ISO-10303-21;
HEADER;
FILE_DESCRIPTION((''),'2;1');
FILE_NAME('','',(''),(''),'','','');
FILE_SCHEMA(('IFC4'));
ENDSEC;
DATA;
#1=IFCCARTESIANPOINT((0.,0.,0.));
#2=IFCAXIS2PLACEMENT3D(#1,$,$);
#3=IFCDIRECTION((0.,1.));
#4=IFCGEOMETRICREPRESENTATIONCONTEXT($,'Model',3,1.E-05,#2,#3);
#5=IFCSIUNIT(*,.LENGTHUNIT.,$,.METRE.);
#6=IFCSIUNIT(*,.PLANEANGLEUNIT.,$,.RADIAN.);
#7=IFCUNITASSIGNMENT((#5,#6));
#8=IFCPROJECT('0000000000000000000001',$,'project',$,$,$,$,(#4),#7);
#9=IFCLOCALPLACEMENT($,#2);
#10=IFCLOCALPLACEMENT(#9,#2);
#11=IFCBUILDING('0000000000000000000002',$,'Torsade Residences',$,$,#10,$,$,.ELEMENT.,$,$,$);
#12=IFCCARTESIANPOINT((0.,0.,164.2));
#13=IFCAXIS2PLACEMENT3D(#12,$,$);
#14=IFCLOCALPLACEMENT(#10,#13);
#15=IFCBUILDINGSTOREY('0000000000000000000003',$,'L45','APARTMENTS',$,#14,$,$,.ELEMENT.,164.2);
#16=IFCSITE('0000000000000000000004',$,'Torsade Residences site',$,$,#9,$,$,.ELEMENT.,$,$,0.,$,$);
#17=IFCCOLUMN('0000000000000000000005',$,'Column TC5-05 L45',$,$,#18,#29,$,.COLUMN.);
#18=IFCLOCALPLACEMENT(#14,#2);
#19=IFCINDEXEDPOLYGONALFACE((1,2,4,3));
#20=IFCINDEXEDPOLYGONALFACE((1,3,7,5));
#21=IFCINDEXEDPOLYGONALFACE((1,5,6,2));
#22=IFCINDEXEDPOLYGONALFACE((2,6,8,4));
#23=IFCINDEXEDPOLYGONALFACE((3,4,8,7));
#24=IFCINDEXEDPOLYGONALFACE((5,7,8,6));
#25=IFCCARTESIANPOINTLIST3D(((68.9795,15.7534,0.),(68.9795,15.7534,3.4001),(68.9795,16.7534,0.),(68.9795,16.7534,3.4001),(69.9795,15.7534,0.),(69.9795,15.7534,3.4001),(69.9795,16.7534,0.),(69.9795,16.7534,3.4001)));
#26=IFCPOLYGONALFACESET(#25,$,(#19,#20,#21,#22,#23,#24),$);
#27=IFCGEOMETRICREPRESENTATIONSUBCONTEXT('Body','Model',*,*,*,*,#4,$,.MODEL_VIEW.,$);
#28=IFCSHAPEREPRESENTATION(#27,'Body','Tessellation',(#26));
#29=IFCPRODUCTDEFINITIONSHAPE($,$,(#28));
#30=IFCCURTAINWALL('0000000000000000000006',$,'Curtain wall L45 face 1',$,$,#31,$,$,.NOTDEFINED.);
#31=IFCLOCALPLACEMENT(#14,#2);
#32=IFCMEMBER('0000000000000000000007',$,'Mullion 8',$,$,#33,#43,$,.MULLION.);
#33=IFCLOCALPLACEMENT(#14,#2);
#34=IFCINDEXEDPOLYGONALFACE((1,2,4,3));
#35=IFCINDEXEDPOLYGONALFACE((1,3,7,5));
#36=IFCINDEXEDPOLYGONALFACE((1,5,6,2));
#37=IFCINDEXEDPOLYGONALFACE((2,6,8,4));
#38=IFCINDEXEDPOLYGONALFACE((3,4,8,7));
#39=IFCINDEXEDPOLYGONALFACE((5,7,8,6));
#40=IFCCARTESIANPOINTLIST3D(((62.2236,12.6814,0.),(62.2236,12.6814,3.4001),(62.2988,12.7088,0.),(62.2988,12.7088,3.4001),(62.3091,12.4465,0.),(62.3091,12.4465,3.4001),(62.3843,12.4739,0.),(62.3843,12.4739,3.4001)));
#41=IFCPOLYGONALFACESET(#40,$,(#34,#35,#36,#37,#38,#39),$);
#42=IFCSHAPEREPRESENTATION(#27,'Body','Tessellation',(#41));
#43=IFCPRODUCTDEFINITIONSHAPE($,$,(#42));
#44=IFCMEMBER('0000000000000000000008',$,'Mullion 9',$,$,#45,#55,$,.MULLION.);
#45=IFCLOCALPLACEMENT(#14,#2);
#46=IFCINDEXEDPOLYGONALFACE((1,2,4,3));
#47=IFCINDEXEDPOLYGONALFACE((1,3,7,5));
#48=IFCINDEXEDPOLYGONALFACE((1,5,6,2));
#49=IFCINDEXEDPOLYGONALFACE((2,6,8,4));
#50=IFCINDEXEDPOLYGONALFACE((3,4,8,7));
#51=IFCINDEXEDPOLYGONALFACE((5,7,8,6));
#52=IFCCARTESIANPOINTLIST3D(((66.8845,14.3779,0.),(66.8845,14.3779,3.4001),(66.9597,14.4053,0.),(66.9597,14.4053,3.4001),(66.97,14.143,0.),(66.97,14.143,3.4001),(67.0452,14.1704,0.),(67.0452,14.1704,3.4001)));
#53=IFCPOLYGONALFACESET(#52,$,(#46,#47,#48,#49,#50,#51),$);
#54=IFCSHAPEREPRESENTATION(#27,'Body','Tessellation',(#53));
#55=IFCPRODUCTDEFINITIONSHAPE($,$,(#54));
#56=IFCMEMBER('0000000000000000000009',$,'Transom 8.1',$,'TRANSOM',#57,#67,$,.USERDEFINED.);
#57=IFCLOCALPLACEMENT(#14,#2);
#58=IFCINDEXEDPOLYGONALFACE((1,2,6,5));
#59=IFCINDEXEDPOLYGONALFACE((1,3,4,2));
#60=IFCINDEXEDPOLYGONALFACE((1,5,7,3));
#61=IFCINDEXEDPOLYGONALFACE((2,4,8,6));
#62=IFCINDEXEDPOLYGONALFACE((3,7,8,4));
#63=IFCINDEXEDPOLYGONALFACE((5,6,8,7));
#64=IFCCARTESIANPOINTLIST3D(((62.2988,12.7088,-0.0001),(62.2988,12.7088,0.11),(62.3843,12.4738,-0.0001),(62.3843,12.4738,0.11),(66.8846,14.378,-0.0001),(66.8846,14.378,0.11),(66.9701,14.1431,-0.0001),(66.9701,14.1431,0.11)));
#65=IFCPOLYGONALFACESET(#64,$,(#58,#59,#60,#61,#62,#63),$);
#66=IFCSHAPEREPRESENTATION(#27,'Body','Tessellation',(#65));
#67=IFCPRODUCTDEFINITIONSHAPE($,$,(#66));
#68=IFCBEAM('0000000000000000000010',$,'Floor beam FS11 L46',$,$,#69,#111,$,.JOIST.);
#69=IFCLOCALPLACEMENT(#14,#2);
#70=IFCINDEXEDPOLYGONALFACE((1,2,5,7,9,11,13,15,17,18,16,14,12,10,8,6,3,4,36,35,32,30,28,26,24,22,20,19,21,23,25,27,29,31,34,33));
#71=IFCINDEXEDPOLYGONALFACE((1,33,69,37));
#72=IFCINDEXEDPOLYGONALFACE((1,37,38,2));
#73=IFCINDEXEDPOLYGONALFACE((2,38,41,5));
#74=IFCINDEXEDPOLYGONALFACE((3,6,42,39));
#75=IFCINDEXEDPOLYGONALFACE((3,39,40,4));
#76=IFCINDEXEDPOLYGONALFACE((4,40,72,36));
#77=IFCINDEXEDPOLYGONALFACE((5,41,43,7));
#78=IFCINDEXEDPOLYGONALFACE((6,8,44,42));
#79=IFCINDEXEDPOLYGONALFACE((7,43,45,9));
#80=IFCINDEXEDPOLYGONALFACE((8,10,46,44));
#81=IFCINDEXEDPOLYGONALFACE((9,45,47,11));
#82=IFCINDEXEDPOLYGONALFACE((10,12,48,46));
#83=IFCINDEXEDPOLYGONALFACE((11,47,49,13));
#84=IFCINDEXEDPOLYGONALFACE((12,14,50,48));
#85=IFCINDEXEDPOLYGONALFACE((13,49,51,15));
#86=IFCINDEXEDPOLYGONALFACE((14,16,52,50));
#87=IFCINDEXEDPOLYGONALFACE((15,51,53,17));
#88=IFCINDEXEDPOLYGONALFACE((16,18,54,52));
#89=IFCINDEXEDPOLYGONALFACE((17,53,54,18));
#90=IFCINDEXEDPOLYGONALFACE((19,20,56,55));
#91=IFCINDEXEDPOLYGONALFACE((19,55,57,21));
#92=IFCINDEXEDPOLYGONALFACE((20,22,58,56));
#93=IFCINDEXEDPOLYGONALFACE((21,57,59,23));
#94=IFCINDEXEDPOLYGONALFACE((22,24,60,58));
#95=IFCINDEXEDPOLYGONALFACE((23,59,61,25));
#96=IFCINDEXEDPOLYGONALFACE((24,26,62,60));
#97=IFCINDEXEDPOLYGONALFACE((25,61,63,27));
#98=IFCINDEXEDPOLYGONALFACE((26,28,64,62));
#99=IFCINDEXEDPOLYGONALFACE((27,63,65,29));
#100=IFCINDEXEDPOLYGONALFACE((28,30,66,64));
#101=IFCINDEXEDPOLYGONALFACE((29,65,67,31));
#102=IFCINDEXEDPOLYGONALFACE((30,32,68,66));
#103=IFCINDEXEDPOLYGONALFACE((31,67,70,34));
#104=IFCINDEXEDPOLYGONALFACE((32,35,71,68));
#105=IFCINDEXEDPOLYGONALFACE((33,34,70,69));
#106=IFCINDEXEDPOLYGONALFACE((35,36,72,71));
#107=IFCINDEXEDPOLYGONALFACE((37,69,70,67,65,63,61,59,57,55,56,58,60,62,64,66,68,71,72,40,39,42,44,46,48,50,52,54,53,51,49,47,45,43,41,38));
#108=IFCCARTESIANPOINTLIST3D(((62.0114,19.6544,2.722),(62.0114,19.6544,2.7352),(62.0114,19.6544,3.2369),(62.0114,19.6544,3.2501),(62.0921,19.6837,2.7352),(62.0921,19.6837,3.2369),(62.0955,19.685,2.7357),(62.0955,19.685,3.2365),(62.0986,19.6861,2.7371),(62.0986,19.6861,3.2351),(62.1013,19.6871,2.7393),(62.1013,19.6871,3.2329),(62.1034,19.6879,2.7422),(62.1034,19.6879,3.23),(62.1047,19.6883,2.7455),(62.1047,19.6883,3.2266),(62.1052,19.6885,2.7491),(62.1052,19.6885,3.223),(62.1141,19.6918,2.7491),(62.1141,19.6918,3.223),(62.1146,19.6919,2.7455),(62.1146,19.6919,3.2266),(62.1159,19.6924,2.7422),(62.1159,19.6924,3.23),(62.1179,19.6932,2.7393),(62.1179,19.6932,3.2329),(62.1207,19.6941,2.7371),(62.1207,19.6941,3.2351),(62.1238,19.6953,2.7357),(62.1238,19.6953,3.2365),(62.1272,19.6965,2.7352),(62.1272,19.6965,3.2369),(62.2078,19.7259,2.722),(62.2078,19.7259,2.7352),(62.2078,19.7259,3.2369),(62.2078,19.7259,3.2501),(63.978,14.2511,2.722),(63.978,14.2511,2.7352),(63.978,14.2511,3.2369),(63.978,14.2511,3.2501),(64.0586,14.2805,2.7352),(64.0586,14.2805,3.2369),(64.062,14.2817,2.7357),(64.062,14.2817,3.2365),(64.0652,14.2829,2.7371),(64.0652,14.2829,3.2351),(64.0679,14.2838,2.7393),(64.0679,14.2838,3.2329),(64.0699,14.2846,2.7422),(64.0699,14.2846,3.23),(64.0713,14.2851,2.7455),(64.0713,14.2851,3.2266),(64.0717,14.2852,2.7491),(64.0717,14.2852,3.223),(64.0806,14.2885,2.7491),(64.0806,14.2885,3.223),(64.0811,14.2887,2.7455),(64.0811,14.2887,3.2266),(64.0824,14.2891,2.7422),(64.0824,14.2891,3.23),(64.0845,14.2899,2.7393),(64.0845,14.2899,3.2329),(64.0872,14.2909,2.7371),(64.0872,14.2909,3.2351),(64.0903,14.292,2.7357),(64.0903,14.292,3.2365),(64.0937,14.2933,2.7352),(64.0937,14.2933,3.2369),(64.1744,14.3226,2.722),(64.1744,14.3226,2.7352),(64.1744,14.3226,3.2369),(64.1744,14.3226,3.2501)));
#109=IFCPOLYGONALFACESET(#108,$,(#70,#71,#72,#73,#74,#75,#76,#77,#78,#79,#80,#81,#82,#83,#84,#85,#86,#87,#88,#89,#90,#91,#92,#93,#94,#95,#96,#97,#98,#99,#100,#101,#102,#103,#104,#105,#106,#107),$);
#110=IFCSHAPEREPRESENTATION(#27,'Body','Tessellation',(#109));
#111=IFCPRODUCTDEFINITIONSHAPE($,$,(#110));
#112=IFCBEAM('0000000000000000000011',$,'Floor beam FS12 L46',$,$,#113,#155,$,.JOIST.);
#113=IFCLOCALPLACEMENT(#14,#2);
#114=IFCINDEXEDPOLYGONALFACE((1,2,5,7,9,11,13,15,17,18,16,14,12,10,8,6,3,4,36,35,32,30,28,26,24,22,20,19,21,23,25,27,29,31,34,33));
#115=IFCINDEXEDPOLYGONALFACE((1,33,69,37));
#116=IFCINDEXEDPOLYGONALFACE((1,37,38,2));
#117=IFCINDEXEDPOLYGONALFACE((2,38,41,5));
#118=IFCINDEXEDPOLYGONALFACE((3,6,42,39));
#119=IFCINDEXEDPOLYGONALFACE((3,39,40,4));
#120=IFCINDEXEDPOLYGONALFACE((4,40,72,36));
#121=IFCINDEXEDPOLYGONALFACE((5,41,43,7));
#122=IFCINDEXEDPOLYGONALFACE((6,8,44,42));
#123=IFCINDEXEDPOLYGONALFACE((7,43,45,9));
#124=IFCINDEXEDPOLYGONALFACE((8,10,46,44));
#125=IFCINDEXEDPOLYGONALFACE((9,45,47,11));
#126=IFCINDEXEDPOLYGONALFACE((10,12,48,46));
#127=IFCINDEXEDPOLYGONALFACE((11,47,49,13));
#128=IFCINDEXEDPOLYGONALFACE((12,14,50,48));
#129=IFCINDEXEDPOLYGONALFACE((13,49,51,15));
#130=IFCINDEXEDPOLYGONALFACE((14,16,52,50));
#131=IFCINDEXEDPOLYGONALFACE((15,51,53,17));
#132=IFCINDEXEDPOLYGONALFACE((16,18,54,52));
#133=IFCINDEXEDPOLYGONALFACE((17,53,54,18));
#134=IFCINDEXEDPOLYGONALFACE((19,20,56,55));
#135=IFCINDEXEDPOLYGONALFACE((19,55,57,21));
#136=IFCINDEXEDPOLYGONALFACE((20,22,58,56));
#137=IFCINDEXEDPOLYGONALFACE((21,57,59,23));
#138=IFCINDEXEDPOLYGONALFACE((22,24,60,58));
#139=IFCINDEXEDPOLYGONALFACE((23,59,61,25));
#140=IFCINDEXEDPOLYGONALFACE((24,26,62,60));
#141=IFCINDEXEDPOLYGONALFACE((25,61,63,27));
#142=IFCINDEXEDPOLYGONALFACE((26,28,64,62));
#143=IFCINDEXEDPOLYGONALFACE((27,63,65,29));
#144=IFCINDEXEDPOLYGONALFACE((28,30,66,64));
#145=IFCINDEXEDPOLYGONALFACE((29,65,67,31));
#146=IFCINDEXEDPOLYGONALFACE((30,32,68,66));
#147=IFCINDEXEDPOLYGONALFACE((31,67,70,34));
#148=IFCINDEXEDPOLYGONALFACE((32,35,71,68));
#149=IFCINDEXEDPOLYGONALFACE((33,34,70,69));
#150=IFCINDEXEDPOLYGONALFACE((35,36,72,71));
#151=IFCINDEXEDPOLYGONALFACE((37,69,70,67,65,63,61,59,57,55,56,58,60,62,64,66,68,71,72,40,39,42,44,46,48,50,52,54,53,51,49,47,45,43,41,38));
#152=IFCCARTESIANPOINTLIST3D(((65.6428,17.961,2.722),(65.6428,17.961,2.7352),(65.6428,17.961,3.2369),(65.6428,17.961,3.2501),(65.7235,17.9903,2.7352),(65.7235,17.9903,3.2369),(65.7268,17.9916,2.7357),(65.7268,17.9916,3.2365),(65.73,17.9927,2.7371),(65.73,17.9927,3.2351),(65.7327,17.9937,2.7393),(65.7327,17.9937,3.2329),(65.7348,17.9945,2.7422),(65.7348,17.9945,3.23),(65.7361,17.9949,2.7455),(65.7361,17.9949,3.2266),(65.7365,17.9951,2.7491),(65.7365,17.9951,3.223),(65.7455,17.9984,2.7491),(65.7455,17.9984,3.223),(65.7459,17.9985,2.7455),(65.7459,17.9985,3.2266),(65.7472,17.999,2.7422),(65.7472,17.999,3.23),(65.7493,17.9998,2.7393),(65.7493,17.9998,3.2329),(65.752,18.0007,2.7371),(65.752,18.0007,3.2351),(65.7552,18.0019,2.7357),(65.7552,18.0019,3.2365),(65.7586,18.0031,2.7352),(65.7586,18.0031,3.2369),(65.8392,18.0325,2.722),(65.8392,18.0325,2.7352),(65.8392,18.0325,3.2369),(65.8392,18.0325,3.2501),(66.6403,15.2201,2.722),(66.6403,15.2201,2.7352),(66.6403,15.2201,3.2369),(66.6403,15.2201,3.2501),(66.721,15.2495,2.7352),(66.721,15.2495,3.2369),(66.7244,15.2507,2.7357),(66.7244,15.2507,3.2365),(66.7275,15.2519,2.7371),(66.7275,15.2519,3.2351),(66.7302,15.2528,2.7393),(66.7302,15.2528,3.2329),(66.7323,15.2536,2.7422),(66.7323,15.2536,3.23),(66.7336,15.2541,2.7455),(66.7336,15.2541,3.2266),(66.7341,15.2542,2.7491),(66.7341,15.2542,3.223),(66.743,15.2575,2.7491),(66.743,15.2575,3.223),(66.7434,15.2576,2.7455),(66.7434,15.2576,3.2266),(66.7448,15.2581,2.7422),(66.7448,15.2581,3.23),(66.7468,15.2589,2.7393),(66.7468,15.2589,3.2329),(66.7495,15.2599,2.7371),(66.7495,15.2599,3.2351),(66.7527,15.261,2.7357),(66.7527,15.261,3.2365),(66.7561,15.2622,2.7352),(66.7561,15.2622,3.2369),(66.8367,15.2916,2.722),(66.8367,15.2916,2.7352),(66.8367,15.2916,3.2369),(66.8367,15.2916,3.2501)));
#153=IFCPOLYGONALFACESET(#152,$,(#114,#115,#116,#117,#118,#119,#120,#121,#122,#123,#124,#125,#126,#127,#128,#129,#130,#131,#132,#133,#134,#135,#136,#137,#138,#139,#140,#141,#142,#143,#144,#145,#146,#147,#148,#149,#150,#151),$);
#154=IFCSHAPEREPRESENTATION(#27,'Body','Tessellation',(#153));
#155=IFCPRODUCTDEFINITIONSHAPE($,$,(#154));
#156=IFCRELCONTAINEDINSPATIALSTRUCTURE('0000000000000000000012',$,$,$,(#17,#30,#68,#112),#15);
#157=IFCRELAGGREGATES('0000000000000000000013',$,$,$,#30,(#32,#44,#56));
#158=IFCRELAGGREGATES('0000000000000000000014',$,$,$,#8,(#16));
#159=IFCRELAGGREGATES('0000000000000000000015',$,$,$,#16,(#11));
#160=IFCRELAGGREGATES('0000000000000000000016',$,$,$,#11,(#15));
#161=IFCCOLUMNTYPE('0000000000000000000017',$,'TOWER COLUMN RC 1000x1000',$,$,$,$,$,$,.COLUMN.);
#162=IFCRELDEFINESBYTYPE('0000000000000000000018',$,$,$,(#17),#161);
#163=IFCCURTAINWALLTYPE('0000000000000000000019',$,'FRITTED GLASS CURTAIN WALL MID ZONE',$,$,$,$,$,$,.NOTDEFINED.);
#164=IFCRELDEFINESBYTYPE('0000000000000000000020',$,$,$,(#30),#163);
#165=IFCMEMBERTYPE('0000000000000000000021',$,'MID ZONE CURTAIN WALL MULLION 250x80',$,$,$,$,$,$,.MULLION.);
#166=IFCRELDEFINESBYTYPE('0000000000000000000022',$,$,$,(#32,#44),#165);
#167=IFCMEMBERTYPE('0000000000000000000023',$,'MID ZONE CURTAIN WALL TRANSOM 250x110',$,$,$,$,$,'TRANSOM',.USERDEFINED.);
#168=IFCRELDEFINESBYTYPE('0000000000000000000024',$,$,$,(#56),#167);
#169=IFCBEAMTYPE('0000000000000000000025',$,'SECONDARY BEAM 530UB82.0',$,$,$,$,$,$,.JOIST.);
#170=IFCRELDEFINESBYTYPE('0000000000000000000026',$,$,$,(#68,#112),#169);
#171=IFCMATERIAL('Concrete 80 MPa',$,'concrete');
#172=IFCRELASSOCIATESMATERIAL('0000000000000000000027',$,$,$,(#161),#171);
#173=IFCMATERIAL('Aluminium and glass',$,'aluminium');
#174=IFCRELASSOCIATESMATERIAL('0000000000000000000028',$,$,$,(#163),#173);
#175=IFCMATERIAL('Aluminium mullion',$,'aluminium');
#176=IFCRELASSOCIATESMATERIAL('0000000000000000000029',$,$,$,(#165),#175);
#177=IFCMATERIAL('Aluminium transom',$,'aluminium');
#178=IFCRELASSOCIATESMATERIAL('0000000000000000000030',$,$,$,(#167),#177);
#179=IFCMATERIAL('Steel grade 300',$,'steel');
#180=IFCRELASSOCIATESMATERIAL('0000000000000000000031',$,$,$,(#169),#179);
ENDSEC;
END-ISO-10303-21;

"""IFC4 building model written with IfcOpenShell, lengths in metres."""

from ifc_helpers import new_model, si_unit, direction, frame, origin, origin_2d, place, context, subcontext, project, spatial, rectangle, i_section, extrude, material, material_profile, profile_set, type_object, element, aggregate, save


model = new_model("IFC4")

# Units and contexts
model_context = context("Model", 3, precision=1e-05, world=origin(), true_north=direction((0.0, 1.0)))
body_context = subcontext(model_context, "Body", "Model", "MODEL_VIEW")
ifc_project = project(units=[si_unit("LENGTHUNIT", "METRE"), si_unit("PLANEANGLEUNIT", "RADIAN")], contexts=[model_context])

# Site, building, storey
site_placement = place(None, origin())
site = spatial("IfcSite", under=ifc_project, at=site_placement, Name="Torsade Residences site", CompositionType="ELEMENT", RefElevation=0.0)
building_placement = place(site_placement, origin())
building = spatial("IfcBuilding", under=site, at=building_placement, Name="Torsade Residences", CompositionType="ELEMENT")
storey_placement = place(building_placement, frame((0.0, 0.0, 164.2)))
storey = spatial("IfcBuildingStorey", under=building, at=storey_placement, Name="L45", Description="APARTMENTS", CompositionType="ELEMENT", Elevation=164.2)

# Column
ifc_material_1 = material(Name="Concrete 80 MPa", Category="concrete")
ifc_material_profile_1 = material_profile(ifc_material_1, rectangle(XDim=1.0, YDim=1.0, at=origin_2d()), Name="RC 1000x1000")
ifc_profile_set_1 = profile_set([ifc_material_profile_1], Name="Concrete 80 MPa")
column_type = type_object("IfcColumnType", Name="TOWER COLUMN RC 1000x1000", PredefinedType="COLUMN", material=ifc_profile_set_1)
column_placement = place(storey_placement, frame((69.4795, 16.2534, 0.0), z_axis=(0.0, 0.0, 1.0), x_axis=(1.0, 0.0, 0.0)))
element("IfcColumn", 1, at=column_placement, inside=storey, type_object=column_type, Name="Column TC5-05 L45", PredefinedType="COLUMN", context=body_context, shape_type="SweptSolid", body=[
    extrude(rectangle(XDim=1.0, YDim=1.0, at=origin_2d()), origin(), (0.0, 0.0, 1.0), 3.4001),
])

# Curtain wall, members
ifc_material_2 = material(Name="Aluminium and glass", Category="aluminium")
curtain_wall_type = type_object("IfcCurtainWallType", Name="FRITTED GLASS CURTAIN WALL MID ZONE", PredefinedType="NOTDEFINED", material=ifc_material_2)
curtain_wall_placement = place(storey_placement, origin())
curtain_wall = element("IfcCurtainWall", 2, at=curtain_wall_placement, inside=storey, type_object=curtain_wall_type, Name="Curtain wall L45 face 1", PredefinedType="NOTDEFINED")
ifc_material_3 = material(Name="Aluminium mullion", Category="aluminium")
ifc_material_profile_2 = material_profile(ifc_material_3, rectangle(XDim=0.25, YDim=0.0801, at=origin_2d()), Name="MID ZONE CURTAIN WALL MULLION 250x80")
ifc_profile_set_2 = profile_set([ifc_material_profile_2], Name="Aluminium mullion")
member_type_1 = type_object("IfcMemberType", Name="MID ZONE CURTAIN WALL MULLION 250x80", PredefinedType="MULLION", material=ifc_profile_set_2)
member_1_placement = place(storey_placement, frame((62.304, 12.5776, 0.0), z_axis=(0.0, 0.0, 1.0), x_axis=(-0.34202, 0.939693, 0.0)))
member_1 = element("IfcMember", 3, at=member_1_placement, type_object=member_type_1, Name="Mullion 8", PredefinedType="MULLION", context=body_context, shape_type="SweptSolid", body=[
    extrude(rectangle(XDim=0.25, YDim=0.0801, at=origin_2d()), origin(), (0.0, 0.0, 1.0), 3.4001),
])
member_2_placement = place(storey_placement, frame((66.9648, 14.2742, 0.0), z_axis=(0.0, 0.0, 1.0), x_axis=(-0.34202, 0.939693, 0.0)))
member_2 = element("IfcMember", 4, at=member_2_placement, type_object=member_type_1, Name="Mullion 9", PredefinedType="MULLION", context=body_context, shape_type="SweptSolid", body=[
    extrude(rectangle(XDim=0.25, YDim=0.0801, at=origin_2d()), origin(), (0.0, 0.0, 1.0), 3.4001),
])
ifc_material_4 = material(Name="Aluminium transom", Category="aluminium")
ifc_material_profile_3 = material_profile(ifc_material_4, rectangle(XDim=0.25, YDim=0.1101, at=origin_2d()), Name="MID ZONE CURTAIN WALL TRANSOM 250x110")
ifc_profile_set_3 = profile_set([ifc_material_profile_3], Name="Aluminium transom")
member_type_2 = type_object("IfcMemberType", Name="MID ZONE CURTAIN WALL TRANSOM 250x110", ElementType="TRANSOM", PredefinedType="USERDEFINED", material=ifc_profile_set_3)
member_3_placement = place(storey_placement, frame((62.3416, 12.5913, 0.0549), z_axis=(0.939684, 0.342044, 0.0), x_axis=(-0.342044, 0.939684, 0.0)))
member_3 = element("IfcMember", 5, at=member_3_placement, type_object=member_type_2, Name="Transom 8.1", ObjectType="TRANSOM", PredefinedType="USERDEFINED", context=body_context, shape_type="SweptSolid", body=[
    extrude(rectangle(XDim=0.25, YDim=0.1101, at=origin_2d()), origin(), (0.0, 0.0, 1.0), 4.8801),
])

# Beams
ifc_material_5 = material(Name="Steel grade 300", Category="steel")
ifc_material_profile_4 = material_profile(ifc_material_5, i_section(OverallWidth=0.209, OverallDepth=0.5281, WebThickness=0.0095, FlangeThickness=0.0132, FilletRadius=0.0139, at=origin_2d()), Name="530UB82.0")
ifc_profile_set_4 = profile_set([ifc_material_profile_4], Name="Steel grade 300")
beam_type_1 = type_object("IfcBeamType", Name="SECONDARY BEAM 530UB82.0", PredefinedType="JOIST", material=ifc_profile_set_4)
beam_1_placement = place(storey_placement, frame((64.0762, 14.2869, 2.9861), z_axis=(-0.342006, 0.939698, 0.0), x_axis=(-0.939698, -0.342006, 0.0)))
element("IfcBeam", 6, at=beam_1_placement, inside=storey, type_object=beam_type_1, Name="Floor beam FS11 L46", PredefinedType="JOIST", context=body_context, shape_type="SweptSolid", body=[
    extrude(i_section(OverallWidth=0.209, OverallDepth=0.5281, WebThickness=0.0095, FlangeThickness=0.0132, FilletRadius=0.0139, at=origin_2d()), origin(), (0.0, 0.0, 1.0), 5.75),
])
beam_2_placement = place(storey_placement, frame((66.7385, 15.2559, 2.9861), z_axis=(-0.341998, 0.939701, 0.0), x_axis=(-0.939701, -0.341998, 0.0)))
element("IfcBeam", 7, at=beam_2_placement, inside=storey, type_object=beam_type_1, Name="Floor beam FS12 L46", PredefinedType="JOIST", context=body_context, shape_type="SweptSolid", body=[
    extrude(i_section(OverallWidth=0.209, OverallDepth=0.5281, WebThickness=0.0095, FlangeThickness=0.0132, FilletRadius=0.0139, at=origin_2d()), origin(), (0.0, 0.0, 1.0), 2.9167),
])

aggregate(curtain_wall, [member_1, member_2, member_3])

save(model, "model.ifc")
